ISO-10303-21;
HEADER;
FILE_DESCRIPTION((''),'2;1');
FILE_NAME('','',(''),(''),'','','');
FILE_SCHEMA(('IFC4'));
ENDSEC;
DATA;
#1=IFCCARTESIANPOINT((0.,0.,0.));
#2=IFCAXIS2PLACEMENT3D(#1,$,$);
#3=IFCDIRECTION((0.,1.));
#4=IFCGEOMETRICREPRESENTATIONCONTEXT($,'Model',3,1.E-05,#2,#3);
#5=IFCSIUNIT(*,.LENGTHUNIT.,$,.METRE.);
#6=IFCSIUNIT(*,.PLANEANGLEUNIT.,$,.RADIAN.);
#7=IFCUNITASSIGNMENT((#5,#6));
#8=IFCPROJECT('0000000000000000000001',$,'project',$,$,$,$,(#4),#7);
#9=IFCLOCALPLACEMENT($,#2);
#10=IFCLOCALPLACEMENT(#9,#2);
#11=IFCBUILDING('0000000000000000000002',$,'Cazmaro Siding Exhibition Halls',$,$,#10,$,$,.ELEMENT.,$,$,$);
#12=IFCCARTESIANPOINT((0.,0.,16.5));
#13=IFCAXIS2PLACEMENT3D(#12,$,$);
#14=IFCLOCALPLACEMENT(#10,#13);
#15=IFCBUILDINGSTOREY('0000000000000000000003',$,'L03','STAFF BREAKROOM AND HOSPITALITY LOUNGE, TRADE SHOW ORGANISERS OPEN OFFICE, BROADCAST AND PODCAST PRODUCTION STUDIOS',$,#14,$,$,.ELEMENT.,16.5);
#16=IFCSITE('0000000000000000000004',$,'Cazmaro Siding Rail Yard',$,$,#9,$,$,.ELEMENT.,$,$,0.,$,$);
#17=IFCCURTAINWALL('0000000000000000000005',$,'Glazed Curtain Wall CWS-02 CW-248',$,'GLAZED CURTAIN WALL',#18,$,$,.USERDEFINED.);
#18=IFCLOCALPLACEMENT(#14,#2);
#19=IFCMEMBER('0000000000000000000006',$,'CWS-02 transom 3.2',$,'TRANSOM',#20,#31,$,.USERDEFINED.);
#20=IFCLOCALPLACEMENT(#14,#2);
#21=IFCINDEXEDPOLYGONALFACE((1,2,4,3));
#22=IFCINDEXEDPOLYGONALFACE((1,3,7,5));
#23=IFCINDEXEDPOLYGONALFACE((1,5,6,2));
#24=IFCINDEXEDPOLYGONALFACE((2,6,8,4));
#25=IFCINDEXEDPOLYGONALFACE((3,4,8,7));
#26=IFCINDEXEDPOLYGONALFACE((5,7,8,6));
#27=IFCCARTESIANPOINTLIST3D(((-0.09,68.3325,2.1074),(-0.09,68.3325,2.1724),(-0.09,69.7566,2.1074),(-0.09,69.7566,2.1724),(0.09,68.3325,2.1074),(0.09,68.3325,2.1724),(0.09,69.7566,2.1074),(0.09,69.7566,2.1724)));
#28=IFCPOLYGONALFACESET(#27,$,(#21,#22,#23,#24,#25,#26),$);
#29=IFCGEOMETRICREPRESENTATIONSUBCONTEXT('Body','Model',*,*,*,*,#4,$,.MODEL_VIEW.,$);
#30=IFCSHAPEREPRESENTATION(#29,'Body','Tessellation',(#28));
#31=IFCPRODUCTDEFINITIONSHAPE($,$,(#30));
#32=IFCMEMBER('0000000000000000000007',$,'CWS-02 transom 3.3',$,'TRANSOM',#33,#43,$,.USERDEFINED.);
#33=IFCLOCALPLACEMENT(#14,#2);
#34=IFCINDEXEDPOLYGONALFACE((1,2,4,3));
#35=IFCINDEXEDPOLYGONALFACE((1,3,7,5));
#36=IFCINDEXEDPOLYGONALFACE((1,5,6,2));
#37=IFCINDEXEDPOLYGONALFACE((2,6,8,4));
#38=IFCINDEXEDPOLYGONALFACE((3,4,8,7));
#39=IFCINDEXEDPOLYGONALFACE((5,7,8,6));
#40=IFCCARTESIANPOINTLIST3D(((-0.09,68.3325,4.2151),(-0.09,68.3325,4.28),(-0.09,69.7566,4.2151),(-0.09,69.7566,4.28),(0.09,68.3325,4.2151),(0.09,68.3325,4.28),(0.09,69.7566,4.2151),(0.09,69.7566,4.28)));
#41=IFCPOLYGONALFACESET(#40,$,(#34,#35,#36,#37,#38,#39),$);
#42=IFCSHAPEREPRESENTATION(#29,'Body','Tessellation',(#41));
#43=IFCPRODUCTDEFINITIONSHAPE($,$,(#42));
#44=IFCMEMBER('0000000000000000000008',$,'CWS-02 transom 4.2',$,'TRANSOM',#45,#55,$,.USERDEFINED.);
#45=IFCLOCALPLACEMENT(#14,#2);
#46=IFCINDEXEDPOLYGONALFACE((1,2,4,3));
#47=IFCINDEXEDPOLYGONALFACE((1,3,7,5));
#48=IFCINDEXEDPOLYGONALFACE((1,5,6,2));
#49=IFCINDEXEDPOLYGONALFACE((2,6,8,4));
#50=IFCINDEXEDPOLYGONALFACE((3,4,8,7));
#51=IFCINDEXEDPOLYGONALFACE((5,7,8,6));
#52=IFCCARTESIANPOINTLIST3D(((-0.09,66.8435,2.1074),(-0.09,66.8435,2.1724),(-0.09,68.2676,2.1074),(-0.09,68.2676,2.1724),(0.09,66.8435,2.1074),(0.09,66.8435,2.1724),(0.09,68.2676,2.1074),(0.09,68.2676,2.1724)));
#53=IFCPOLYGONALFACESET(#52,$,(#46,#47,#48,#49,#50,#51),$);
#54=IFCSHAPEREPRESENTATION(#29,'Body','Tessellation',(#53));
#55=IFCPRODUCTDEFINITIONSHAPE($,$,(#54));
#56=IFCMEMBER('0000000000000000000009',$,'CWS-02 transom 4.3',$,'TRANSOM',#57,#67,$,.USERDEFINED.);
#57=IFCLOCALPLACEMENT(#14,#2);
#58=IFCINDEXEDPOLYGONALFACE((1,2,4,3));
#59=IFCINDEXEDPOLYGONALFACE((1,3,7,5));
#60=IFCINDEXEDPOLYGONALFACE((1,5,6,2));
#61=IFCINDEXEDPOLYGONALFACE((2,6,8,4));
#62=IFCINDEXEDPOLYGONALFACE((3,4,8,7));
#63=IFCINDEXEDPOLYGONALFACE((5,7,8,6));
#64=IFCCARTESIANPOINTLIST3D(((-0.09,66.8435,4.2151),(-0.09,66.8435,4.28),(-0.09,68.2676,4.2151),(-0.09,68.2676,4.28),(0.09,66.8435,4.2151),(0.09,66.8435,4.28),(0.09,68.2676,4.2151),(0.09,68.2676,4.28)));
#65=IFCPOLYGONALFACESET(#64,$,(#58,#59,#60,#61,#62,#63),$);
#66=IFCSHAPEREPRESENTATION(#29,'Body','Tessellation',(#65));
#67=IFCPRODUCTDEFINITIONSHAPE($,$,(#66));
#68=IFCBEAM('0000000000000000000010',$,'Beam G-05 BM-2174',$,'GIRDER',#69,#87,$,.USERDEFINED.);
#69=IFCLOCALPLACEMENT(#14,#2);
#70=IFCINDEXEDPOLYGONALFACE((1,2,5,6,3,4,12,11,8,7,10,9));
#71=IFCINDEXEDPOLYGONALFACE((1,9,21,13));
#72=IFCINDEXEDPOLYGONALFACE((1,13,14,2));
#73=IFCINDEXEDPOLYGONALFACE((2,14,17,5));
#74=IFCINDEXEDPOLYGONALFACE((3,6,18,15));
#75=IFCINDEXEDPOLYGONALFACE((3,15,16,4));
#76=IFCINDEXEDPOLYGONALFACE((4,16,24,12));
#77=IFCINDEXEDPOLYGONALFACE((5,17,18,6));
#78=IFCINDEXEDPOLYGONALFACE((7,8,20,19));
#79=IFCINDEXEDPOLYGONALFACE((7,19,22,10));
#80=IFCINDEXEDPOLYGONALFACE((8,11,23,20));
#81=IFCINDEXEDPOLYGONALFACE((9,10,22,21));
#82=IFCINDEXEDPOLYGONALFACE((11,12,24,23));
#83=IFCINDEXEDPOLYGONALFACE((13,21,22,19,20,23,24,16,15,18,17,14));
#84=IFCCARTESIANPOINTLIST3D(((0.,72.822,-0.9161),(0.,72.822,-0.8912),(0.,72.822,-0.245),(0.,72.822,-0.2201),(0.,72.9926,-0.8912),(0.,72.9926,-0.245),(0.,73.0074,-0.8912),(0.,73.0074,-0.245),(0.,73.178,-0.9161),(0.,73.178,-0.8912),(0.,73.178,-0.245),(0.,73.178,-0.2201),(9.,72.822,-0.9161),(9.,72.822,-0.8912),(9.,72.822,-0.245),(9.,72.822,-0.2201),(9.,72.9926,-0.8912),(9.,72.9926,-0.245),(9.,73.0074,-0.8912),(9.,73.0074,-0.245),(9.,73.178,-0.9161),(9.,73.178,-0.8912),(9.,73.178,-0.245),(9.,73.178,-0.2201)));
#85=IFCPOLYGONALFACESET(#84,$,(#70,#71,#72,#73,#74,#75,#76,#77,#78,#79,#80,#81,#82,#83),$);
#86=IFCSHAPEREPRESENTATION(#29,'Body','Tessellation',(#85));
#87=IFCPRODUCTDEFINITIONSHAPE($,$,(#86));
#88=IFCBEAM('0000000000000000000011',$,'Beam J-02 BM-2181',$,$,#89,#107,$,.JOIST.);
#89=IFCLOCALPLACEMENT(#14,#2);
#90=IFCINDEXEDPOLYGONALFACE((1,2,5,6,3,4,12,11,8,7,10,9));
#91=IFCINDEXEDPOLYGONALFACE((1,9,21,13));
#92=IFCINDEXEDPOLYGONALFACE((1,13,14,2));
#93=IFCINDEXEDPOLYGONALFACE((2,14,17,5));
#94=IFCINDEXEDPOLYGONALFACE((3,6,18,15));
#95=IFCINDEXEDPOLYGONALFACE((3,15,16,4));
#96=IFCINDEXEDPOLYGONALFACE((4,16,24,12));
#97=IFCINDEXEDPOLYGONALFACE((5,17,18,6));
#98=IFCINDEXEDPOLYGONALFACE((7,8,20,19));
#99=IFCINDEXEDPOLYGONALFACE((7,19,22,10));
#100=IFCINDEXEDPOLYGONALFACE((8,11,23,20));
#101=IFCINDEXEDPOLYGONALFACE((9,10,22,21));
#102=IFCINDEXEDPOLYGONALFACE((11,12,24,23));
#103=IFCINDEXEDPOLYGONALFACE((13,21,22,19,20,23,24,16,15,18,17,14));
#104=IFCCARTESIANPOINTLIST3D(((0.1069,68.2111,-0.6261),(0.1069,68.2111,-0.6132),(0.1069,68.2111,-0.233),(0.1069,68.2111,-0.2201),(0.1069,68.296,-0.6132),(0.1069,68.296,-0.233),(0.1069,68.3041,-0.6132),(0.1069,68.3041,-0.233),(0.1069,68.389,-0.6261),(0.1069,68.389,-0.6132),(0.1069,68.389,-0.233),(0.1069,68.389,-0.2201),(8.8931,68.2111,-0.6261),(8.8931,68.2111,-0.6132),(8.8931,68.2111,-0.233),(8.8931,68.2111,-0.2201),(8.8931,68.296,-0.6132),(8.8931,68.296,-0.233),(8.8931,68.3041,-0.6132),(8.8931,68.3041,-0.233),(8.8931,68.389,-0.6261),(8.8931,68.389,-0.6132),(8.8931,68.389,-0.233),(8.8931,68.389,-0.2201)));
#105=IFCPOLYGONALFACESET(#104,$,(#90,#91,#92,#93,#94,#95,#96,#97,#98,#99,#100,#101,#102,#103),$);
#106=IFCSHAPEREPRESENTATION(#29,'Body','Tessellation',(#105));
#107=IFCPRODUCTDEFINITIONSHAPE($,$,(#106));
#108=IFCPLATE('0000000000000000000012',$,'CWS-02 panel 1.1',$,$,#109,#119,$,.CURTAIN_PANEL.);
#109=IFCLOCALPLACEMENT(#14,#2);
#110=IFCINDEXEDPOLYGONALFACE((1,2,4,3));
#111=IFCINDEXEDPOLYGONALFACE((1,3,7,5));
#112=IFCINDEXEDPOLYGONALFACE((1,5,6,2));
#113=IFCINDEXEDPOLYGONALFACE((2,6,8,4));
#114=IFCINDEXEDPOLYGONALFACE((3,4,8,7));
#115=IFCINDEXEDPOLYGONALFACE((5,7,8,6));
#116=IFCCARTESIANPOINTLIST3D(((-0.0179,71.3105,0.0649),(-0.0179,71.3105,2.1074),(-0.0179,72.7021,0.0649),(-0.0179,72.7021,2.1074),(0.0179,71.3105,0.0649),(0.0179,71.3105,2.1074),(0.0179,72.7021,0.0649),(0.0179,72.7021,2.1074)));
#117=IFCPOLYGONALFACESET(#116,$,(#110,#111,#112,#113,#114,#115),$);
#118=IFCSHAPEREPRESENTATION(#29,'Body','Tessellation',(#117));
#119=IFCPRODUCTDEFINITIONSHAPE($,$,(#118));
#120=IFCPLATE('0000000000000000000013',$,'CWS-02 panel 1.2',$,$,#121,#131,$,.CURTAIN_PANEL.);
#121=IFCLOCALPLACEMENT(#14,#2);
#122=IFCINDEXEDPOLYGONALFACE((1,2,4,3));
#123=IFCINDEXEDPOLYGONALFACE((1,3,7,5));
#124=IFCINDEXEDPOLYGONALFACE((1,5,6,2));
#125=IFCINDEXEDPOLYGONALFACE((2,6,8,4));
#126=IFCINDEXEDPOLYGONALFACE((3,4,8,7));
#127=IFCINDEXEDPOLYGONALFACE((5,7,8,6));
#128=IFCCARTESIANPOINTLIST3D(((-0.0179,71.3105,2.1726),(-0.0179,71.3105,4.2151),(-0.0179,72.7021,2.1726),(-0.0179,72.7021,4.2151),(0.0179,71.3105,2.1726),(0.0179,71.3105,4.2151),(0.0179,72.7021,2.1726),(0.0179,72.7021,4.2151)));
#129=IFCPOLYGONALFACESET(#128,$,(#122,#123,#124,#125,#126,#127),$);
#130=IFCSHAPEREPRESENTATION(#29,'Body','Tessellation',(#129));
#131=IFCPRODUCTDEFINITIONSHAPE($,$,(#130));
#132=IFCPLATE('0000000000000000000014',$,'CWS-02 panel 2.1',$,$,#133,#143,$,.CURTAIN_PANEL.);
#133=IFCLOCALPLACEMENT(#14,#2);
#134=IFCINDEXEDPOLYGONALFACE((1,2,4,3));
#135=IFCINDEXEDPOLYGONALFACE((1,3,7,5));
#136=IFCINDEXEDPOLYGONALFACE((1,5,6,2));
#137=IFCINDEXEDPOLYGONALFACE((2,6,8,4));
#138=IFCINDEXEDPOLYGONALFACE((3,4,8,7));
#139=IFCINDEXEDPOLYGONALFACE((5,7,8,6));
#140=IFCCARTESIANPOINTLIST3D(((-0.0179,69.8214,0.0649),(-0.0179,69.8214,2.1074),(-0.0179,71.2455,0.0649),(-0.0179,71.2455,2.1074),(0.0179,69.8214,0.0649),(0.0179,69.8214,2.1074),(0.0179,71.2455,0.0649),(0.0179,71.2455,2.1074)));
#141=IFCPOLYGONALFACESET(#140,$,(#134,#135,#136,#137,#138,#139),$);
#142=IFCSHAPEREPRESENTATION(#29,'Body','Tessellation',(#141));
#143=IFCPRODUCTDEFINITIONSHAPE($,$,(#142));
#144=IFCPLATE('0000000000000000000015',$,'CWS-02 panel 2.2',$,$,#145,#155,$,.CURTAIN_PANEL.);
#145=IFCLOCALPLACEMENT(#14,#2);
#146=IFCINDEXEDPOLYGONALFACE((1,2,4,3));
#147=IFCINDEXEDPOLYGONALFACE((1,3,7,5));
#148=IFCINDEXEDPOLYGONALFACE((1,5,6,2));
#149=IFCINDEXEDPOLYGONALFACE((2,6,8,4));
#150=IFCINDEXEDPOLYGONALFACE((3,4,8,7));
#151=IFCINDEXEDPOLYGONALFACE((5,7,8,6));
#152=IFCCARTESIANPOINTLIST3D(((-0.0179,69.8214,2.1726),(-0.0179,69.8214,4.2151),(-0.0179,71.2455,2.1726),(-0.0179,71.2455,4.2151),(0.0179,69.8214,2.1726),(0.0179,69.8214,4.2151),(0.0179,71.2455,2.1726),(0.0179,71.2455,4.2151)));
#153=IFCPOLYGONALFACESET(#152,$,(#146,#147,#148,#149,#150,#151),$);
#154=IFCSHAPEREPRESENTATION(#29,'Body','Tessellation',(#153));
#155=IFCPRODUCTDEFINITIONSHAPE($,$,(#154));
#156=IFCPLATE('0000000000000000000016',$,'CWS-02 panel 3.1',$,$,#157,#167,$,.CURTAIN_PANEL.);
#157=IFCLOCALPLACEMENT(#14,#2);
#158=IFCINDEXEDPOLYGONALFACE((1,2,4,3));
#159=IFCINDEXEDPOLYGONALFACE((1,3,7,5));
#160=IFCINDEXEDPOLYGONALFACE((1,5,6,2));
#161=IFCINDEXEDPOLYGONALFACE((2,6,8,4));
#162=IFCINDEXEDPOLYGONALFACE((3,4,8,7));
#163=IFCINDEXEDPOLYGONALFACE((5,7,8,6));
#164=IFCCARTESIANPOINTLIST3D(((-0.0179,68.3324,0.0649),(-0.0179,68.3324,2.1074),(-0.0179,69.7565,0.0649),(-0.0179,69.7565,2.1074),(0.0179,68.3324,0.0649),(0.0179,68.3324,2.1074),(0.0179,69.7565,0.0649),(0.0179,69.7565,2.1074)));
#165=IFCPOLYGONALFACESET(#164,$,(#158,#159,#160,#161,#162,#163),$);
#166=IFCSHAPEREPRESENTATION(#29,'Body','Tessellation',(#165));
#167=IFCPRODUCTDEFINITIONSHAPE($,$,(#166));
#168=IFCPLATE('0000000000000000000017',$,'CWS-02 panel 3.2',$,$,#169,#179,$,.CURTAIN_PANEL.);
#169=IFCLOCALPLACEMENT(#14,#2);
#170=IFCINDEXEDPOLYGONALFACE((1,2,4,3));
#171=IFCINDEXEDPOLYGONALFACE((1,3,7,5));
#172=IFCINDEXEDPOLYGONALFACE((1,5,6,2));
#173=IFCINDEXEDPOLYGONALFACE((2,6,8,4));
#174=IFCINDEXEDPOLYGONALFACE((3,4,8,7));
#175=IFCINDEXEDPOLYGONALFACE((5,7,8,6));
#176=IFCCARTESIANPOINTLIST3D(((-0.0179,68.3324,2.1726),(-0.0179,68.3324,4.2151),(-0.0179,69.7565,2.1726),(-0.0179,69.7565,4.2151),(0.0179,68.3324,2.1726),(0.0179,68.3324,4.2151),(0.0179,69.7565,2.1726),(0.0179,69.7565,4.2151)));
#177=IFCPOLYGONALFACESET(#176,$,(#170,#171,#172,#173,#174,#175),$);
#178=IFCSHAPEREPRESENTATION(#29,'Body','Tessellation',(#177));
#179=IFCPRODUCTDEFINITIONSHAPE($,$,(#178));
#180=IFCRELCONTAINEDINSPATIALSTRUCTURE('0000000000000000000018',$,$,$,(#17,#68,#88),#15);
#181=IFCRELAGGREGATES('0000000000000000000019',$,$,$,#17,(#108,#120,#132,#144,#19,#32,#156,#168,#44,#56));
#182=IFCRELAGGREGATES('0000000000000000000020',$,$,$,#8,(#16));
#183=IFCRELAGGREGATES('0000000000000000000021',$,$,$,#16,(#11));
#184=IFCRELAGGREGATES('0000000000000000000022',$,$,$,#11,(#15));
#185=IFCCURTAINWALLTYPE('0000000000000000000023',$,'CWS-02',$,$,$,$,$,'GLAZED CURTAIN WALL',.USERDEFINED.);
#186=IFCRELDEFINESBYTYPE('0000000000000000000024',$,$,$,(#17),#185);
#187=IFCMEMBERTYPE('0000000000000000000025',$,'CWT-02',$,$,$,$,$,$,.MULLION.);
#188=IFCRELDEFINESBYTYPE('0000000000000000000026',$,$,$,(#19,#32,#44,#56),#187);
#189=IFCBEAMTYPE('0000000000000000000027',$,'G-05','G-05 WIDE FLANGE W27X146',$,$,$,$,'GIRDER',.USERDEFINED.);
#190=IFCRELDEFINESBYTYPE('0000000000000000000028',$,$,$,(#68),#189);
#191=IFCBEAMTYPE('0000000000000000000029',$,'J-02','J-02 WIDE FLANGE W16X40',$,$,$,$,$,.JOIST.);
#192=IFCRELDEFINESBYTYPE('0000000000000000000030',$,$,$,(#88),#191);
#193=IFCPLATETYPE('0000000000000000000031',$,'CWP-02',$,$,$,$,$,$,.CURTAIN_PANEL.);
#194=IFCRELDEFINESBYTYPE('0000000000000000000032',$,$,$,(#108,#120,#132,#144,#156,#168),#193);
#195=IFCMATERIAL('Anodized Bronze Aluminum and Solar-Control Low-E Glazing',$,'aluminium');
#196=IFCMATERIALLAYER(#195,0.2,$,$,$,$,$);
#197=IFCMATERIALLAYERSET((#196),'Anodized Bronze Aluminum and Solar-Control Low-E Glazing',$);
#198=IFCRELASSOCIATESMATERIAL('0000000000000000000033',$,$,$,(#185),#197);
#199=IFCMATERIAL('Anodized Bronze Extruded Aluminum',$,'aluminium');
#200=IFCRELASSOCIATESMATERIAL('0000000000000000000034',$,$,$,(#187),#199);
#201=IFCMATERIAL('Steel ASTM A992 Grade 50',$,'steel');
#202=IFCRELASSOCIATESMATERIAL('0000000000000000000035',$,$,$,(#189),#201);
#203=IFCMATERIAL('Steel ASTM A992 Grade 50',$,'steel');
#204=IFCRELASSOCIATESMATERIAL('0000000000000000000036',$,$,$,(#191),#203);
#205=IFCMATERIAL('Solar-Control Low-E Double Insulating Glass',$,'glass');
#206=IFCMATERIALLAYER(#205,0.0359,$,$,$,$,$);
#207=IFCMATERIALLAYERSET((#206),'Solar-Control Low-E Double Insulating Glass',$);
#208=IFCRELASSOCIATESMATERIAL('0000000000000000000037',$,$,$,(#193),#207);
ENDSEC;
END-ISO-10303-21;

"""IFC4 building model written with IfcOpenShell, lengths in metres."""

from ifc_helpers import new_model, si_unit, direction, frame, origin, origin_2d, place, context, subcontext, project, spatial, rectangle, i_section, extrude, material, layer, layer_set, material_profile, profile_set, type_object, element, aggregate, save


model = new_model("IFC4")

# Units and contexts
model_context = context("Model", 3, precision=1e-05, world=origin(), true_north=direction((0.0, 1.0)))
body_context = subcontext(model_context, "Body", "Model", "MODEL_VIEW")
ifc_project = project(units=[si_unit("LENGTHUNIT", "METRE"), si_unit("PLANEANGLEUNIT", "RADIAN")], contexts=[model_context])

# Site, building, storey
site_placement = place(None, origin())
site = spatial("IfcSite", under=ifc_project, at=site_placement, Name="Cazmaro Siding Rail Yard", CompositionType="ELEMENT", RefElevation=0.0)
building_placement = place(site_placement, origin())
building = spatial("IfcBuilding", under=site, at=building_placement, Name="Cazmaro Siding Exhibition Halls", CompositionType="ELEMENT")
storey_placement = place(building_placement, frame((0.0, 0.0, 16.5)))
storey = spatial("IfcBuildingStorey", under=building, at=storey_placement, Name="L03", Description="STAFF BREAKROOM AND HOSPITALITY LOUNGE, TRADE SHOW ORGANISERS OPEN OFFICE, BROADCAST AND PODCAST PRODUCTION STUDIOS", CompositionType="ELEMENT", Elevation=16.5)

# Curtain wall, members
ifc_material_1 = material(Name="Anodized Bronze Aluminum and Solar-Control Low-E Glazing", Category="aluminium")
ifc_layer_1 = layer(ifc_material_1, 0.2)
ifc_layer_set_1 = layer_set([ifc_layer_1], Name="Anodized Bronze Aluminum and Solar-Control Low-E Glazing")
curtain_wall_type = type_object("IfcCurtainWallType", Name="CWS-02", ElementType="GLAZED CURTAIN WALL", PredefinedType="USERDEFINED", material=ifc_layer_set_1)
curtain_wall_placement = place(storey_placement, origin())
curtain_wall = element("IfcCurtainWall", 1, at=curtain_wall_placement, inside=storey, type_object=curtain_wall_type, Name="Glazed Curtain Wall CWS-02 CW-248", ObjectType="GLAZED CURTAIN WALL", PredefinedType="USERDEFINED")
ifc_material_2 = material(Name="Anodized Bronze Extruded Aluminum", Category="aluminium")
ifc_material_profile_1 = material_profile(ifc_material_2, rectangle(XDim=0.1799, YDim=0.0649, at=origin_2d()), Name="CWT-02")
ifc_profile_set_1 = profile_set([ifc_material_profile_1], Name="Anodized Bronze Extruded Aluminum")
member_type_1 = type_object("IfcMemberType", Name="CWT-02", PredefinedType="MULLION", material=ifc_profile_set_1)
member_1_placement = place(storey_placement, frame((0.0, 69.7566, 2.1399), z_axis=(0.0, -1.0, 0.0), x_axis=(1.0, 0.0, 0.0)))
member_1 = element("IfcMember", 2, at=member_1_placement, type_object=member_type_1, Name="CWS-02 transom 3.2", ObjectType="TRANSOM", PredefinedType="USERDEFINED", context=body_context, shape_type="SweptSolid", body=[
    extrude(rectangle(XDim=0.1799, YDim=0.0649, at=origin_2d()), origin(), (0.0, 0.0, 1.0), 1.4241),
])
member_2_placement = place(storey_placement, frame((0.0, 69.7566, 4.2476), z_axis=(0.0, -1.0, 0.0), x_axis=(1.0, 0.0, 0.0)))
member_2 = element("IfcMember", 3, at=member_2_placement, type_object=member_type_1, Name="CWS-02 transom 3.3", ObjectType="TRANSOM", PredefinedType="USERDEFINED", context=body_context, shape_type="SweptSolid", body=[
    extrude(rectangle(XDim=0.1799, YDim=0.0649, at=origin_2d()), origin(), (0.0, 0.0, 1.0), 1.4241),
])
member_3_placement = place(storey_placement, frame((0.0, 68.2676, 2.1399), z_axis=(0.0, -1.0, 0.0), x_axis=(1.0, 0.0, 0.0)))
member_3 = element("IfcMember", 4, at=member_3_placement, type_object=member_type_1, Name="CWS-02 transom 4.2", ObjectType="TRANSOM", PredefinedType="USERDEFINED", context=body_context, shape_type="SweptSolid", body=[
    extrude(rectangle(XDim=0.1799, YDim=0.0649, at=origin_2d()), origin(), (0.0, 0.0, 1.0), 1.4241),
])
member_4_placement = place(storey_placement, frame((0.0, 68.2676, 4.2476), z_axis=(0.0, -1.0, 0.0), x_axis=(1.0, 0.0, 0.0)))
member_4 = element("IfcMember", 5, at=member_4_placement, type_object=member_type_1, Name="CWS-02 transom 4.3", ObjectType="TRANSOM", PredefinedType="USERDEFINED", context=body_context, shape_type="SweptSolid", body=[
    extrude(rectangle(XDim=0.1799, YDim=0.0649, at=origin_2d()), origin(), (0.0, 0.0, 1.0), 1.4241),
])

# Beams
ifc_material_3 = material(Name="Steel ASTM A992 Grade 50", Category="steel")
ifc_material_profile_2 = material_profile(ifc_material_3, i_section(OverallWidth=0.356, OverallDepth=0.696, WebThickness=0.0149, FlangeThickness=0.0249, at=origin_2d()), Name="W27X146")
ifc_profile_set_2 = profile_set([ifc_material_profile_2], Name="Steel ASTM A992 Grade 50")
beam_type_1 = type_object("IfcBeamType", Name="G-05", Description="G-05 WIDE FLANGE W27X146", ElementType="GIRDER", PredefinedType="USERDEFINED", material=ifc_profile_set_2)
beam_1_placement = place(storey_placement, frame((0.0, 73.0, -0.5681), z_axis=(1.0, 0.0, 0.0), x_axis=(0.0, 1.0, 0.0)))
element("IfcBeam", 6, at=beam_1_placement, inside=storey, type_object=beam_type_1, Name="Beam G-05 BM-2174", ObjectType="GIRDER", PredefinedType="USERDEFINED", context=body_context, shape_type="SweptSolid", body=[
    extrude(i_section(OverallWidth=0.356, OverallDepth=0.696, WebThickness=0.0149, FlangeThickness=0.0249, at=origin_2d()), origin(), (0.0, 0.0, 1.0), 9.0),
])
ifc_material_4 = material(Name="Steel ASTM A992 Grade 50", Category="steel")
ifc_material_profile_3 = material_profile(ifc_material_4, i_section(OverallWidth=0.178, OverallDepth=0.406, WebThickness=0.0081, FlangeThickness=0.0129, at=origin_2d()), Name="W16X40")
ifc_profile_set_3 = profile_set([ifc_material_profile_3], Name="Steel ASTM A992 Grade 50")
beam_type_2 = type_object("IfcBeamType", Name="J-02", Description="J-02 WIDE FLANGE W16X40", PredefinedType="JOIST", material=ifc_profile_set_3)
beam_2_placement = place(storey_placement, frame((0.1069, 68.3, -0.4231), z_axis=(1.0, 0.0, 0.0), x_axis=(0.0, 1.0, 0.0)))
element("IfcBeam", 7, at=beam_2_placement, inside=storey, type_object=beam_type_2, Name="Beam J-02 BM-2181", PredefinedType="JOIST", context=body_context, shape_type="SweptSolid", body=[
    extrude(i_section(OverallWidth=0.178, OverallDepth=0.406, WebThickness=0.0081, FlangeThickness=0.0129, at=origin_2d()), origin(), (0.0, 0.0, 1.0), 8.7861),
])

# Plates
ifc_material_5 = material(Name="Solar-Control Low-E Double Insulating Glass", Category="glass")
ifc_layer_2 = layer(ifc_material_5, 0.0359)
ifc_layer_set_2 = layer_set([ifc_layer_2], Name="Solar-Control Low-E Double Insulating Glass")
plate_type = type_object("IfcPlateType", Name="CWP-02", PredefinedType="CURTAIN_PANEL", material=ifc_layer_set_2)
plate_1_placement = place(storey_placement, frame((0.0, 72.0063, 0.0649), z_axis=(0.0, 0.0, 1.0), x_axis=(0.0, -1.0, 0.0)))
plate_1 = element("IfcPlate", 8, at=plate_1_placement, type_object=plate_type, Name="CWS-02 panel 1.1", PredefinedType="CURTAIN_PANEL", context=body_context, shape_type="SweptSolid", body=[
    extrude(rectangle(XDim=1.3916, YDim=0.0359, at=origin_2d()), origin(), (0.0, 0.0, 1.0), 2.0425),
])
plate_2_placement = place(storey_placement, frame((0.0, 72.0063, 2.1726), z_axis=(0.0, 0.0, 1.0), x_axis=(0.0, -1.0, 0.0)))
plate_2 = element("IfcPlate", 9, at=plate_2_placement, type_object=plate_type, Name="CWS-02 panel 1.2", PredefinedType="CURTAIN_PANEL", context=body_context, shape_type="SweptSolid", body=[
    extrude(rectangle(XDim=1.3916, YDim=0.0359, at=origin_2d()), origin(), (0.0, 0.0, 1.0), 2.0425),
])
plate_3_placement = place(storey_placement, frame((0.0, 70.5334, 0.0649), z_axis=(0.0, 0.0, 1.0), x_axis=(0.0, -1.0, 0.0)))
plate_3 = element("IfcPlate", 10, at=plate_3_placement, type_object=plate_type, Name="CWS-02 panel 2.1", PredefinedType="CURTAIN_PANEL", context=body_context, shape_type="SweptSolid", body=[
    extrude(rectangle(XDim=1.4241, YDim=0.0359, at=origin_2d()), origin(), (0.0, 0.0, 1.0), 2.0425),
])
plate_4_placement = place(storey_placement, frame((0.0, 70.5334, 2.1726), z_axis=(0.0, 0.0, 1.0), x_axis=(0.0, -1.0, 0.0)))
plate_4 = element("IfcPlate", 11, at=plate_4_placement, type_object=plate_type, Name="CWS-02 panel 2.2", PredefinedType="CURTAIN_PANEL", context=body_context, shape_type="SweptSolid", body=[
    extrude(rectangle(XDim=1.4241, YDim=0.0359, at=origin_2d()), origin(), (0.0, 0.0, 1.0), 2.0425),
])
plate_5_placement = place(storey_placement, frame((0.0, 69.0444, 0.0649), z_axis=(0.0, 0.0, 1.0), x_axis=(0.0, -1.0, 0.0)))
plate_5 = element("IfcPlate", 12, at=plate_5_placement, type_object=plate_type, Name="CWS-02 panel 3.1", PredefinedType="CURTAIN_PANEL", context=body_context, shape_type="SweptSolid", body=[
    extrude(rectangle(XDim=1.4241, YDim=0.0359, at=origin_2d()), origin(), (0.0, 0.0, 1.0), 2.0425),
])
plate_6_placement = place(storey_placement, frame((0.0, 69.0444, 2.1726), z_axis=(0.0, 0.0, 1.0), x_axis=(0.0, -1.0, 0.0)))
plate_6 = element("IfcPlate", 13, at=plate_6_placement, type_object=plate_type, Name="CWS-02 panel 3.2", PredefinedType="CURTAIN_PANEL", context=body_context, shape_type="SweptSolid", body=[
    extrude(rectangle(XDim=1.4241, YDim=0.0359, at=origin_2d()), origin(), (0.0, 0.0, 1.0), 2.0425),
])
aggregate(curtain_wall, [plate_1, plate_2, plate_3, plate_4, member_1, member_2, plate_5, plate_6, member_3, member_4])

save(model, "model.ifc")
